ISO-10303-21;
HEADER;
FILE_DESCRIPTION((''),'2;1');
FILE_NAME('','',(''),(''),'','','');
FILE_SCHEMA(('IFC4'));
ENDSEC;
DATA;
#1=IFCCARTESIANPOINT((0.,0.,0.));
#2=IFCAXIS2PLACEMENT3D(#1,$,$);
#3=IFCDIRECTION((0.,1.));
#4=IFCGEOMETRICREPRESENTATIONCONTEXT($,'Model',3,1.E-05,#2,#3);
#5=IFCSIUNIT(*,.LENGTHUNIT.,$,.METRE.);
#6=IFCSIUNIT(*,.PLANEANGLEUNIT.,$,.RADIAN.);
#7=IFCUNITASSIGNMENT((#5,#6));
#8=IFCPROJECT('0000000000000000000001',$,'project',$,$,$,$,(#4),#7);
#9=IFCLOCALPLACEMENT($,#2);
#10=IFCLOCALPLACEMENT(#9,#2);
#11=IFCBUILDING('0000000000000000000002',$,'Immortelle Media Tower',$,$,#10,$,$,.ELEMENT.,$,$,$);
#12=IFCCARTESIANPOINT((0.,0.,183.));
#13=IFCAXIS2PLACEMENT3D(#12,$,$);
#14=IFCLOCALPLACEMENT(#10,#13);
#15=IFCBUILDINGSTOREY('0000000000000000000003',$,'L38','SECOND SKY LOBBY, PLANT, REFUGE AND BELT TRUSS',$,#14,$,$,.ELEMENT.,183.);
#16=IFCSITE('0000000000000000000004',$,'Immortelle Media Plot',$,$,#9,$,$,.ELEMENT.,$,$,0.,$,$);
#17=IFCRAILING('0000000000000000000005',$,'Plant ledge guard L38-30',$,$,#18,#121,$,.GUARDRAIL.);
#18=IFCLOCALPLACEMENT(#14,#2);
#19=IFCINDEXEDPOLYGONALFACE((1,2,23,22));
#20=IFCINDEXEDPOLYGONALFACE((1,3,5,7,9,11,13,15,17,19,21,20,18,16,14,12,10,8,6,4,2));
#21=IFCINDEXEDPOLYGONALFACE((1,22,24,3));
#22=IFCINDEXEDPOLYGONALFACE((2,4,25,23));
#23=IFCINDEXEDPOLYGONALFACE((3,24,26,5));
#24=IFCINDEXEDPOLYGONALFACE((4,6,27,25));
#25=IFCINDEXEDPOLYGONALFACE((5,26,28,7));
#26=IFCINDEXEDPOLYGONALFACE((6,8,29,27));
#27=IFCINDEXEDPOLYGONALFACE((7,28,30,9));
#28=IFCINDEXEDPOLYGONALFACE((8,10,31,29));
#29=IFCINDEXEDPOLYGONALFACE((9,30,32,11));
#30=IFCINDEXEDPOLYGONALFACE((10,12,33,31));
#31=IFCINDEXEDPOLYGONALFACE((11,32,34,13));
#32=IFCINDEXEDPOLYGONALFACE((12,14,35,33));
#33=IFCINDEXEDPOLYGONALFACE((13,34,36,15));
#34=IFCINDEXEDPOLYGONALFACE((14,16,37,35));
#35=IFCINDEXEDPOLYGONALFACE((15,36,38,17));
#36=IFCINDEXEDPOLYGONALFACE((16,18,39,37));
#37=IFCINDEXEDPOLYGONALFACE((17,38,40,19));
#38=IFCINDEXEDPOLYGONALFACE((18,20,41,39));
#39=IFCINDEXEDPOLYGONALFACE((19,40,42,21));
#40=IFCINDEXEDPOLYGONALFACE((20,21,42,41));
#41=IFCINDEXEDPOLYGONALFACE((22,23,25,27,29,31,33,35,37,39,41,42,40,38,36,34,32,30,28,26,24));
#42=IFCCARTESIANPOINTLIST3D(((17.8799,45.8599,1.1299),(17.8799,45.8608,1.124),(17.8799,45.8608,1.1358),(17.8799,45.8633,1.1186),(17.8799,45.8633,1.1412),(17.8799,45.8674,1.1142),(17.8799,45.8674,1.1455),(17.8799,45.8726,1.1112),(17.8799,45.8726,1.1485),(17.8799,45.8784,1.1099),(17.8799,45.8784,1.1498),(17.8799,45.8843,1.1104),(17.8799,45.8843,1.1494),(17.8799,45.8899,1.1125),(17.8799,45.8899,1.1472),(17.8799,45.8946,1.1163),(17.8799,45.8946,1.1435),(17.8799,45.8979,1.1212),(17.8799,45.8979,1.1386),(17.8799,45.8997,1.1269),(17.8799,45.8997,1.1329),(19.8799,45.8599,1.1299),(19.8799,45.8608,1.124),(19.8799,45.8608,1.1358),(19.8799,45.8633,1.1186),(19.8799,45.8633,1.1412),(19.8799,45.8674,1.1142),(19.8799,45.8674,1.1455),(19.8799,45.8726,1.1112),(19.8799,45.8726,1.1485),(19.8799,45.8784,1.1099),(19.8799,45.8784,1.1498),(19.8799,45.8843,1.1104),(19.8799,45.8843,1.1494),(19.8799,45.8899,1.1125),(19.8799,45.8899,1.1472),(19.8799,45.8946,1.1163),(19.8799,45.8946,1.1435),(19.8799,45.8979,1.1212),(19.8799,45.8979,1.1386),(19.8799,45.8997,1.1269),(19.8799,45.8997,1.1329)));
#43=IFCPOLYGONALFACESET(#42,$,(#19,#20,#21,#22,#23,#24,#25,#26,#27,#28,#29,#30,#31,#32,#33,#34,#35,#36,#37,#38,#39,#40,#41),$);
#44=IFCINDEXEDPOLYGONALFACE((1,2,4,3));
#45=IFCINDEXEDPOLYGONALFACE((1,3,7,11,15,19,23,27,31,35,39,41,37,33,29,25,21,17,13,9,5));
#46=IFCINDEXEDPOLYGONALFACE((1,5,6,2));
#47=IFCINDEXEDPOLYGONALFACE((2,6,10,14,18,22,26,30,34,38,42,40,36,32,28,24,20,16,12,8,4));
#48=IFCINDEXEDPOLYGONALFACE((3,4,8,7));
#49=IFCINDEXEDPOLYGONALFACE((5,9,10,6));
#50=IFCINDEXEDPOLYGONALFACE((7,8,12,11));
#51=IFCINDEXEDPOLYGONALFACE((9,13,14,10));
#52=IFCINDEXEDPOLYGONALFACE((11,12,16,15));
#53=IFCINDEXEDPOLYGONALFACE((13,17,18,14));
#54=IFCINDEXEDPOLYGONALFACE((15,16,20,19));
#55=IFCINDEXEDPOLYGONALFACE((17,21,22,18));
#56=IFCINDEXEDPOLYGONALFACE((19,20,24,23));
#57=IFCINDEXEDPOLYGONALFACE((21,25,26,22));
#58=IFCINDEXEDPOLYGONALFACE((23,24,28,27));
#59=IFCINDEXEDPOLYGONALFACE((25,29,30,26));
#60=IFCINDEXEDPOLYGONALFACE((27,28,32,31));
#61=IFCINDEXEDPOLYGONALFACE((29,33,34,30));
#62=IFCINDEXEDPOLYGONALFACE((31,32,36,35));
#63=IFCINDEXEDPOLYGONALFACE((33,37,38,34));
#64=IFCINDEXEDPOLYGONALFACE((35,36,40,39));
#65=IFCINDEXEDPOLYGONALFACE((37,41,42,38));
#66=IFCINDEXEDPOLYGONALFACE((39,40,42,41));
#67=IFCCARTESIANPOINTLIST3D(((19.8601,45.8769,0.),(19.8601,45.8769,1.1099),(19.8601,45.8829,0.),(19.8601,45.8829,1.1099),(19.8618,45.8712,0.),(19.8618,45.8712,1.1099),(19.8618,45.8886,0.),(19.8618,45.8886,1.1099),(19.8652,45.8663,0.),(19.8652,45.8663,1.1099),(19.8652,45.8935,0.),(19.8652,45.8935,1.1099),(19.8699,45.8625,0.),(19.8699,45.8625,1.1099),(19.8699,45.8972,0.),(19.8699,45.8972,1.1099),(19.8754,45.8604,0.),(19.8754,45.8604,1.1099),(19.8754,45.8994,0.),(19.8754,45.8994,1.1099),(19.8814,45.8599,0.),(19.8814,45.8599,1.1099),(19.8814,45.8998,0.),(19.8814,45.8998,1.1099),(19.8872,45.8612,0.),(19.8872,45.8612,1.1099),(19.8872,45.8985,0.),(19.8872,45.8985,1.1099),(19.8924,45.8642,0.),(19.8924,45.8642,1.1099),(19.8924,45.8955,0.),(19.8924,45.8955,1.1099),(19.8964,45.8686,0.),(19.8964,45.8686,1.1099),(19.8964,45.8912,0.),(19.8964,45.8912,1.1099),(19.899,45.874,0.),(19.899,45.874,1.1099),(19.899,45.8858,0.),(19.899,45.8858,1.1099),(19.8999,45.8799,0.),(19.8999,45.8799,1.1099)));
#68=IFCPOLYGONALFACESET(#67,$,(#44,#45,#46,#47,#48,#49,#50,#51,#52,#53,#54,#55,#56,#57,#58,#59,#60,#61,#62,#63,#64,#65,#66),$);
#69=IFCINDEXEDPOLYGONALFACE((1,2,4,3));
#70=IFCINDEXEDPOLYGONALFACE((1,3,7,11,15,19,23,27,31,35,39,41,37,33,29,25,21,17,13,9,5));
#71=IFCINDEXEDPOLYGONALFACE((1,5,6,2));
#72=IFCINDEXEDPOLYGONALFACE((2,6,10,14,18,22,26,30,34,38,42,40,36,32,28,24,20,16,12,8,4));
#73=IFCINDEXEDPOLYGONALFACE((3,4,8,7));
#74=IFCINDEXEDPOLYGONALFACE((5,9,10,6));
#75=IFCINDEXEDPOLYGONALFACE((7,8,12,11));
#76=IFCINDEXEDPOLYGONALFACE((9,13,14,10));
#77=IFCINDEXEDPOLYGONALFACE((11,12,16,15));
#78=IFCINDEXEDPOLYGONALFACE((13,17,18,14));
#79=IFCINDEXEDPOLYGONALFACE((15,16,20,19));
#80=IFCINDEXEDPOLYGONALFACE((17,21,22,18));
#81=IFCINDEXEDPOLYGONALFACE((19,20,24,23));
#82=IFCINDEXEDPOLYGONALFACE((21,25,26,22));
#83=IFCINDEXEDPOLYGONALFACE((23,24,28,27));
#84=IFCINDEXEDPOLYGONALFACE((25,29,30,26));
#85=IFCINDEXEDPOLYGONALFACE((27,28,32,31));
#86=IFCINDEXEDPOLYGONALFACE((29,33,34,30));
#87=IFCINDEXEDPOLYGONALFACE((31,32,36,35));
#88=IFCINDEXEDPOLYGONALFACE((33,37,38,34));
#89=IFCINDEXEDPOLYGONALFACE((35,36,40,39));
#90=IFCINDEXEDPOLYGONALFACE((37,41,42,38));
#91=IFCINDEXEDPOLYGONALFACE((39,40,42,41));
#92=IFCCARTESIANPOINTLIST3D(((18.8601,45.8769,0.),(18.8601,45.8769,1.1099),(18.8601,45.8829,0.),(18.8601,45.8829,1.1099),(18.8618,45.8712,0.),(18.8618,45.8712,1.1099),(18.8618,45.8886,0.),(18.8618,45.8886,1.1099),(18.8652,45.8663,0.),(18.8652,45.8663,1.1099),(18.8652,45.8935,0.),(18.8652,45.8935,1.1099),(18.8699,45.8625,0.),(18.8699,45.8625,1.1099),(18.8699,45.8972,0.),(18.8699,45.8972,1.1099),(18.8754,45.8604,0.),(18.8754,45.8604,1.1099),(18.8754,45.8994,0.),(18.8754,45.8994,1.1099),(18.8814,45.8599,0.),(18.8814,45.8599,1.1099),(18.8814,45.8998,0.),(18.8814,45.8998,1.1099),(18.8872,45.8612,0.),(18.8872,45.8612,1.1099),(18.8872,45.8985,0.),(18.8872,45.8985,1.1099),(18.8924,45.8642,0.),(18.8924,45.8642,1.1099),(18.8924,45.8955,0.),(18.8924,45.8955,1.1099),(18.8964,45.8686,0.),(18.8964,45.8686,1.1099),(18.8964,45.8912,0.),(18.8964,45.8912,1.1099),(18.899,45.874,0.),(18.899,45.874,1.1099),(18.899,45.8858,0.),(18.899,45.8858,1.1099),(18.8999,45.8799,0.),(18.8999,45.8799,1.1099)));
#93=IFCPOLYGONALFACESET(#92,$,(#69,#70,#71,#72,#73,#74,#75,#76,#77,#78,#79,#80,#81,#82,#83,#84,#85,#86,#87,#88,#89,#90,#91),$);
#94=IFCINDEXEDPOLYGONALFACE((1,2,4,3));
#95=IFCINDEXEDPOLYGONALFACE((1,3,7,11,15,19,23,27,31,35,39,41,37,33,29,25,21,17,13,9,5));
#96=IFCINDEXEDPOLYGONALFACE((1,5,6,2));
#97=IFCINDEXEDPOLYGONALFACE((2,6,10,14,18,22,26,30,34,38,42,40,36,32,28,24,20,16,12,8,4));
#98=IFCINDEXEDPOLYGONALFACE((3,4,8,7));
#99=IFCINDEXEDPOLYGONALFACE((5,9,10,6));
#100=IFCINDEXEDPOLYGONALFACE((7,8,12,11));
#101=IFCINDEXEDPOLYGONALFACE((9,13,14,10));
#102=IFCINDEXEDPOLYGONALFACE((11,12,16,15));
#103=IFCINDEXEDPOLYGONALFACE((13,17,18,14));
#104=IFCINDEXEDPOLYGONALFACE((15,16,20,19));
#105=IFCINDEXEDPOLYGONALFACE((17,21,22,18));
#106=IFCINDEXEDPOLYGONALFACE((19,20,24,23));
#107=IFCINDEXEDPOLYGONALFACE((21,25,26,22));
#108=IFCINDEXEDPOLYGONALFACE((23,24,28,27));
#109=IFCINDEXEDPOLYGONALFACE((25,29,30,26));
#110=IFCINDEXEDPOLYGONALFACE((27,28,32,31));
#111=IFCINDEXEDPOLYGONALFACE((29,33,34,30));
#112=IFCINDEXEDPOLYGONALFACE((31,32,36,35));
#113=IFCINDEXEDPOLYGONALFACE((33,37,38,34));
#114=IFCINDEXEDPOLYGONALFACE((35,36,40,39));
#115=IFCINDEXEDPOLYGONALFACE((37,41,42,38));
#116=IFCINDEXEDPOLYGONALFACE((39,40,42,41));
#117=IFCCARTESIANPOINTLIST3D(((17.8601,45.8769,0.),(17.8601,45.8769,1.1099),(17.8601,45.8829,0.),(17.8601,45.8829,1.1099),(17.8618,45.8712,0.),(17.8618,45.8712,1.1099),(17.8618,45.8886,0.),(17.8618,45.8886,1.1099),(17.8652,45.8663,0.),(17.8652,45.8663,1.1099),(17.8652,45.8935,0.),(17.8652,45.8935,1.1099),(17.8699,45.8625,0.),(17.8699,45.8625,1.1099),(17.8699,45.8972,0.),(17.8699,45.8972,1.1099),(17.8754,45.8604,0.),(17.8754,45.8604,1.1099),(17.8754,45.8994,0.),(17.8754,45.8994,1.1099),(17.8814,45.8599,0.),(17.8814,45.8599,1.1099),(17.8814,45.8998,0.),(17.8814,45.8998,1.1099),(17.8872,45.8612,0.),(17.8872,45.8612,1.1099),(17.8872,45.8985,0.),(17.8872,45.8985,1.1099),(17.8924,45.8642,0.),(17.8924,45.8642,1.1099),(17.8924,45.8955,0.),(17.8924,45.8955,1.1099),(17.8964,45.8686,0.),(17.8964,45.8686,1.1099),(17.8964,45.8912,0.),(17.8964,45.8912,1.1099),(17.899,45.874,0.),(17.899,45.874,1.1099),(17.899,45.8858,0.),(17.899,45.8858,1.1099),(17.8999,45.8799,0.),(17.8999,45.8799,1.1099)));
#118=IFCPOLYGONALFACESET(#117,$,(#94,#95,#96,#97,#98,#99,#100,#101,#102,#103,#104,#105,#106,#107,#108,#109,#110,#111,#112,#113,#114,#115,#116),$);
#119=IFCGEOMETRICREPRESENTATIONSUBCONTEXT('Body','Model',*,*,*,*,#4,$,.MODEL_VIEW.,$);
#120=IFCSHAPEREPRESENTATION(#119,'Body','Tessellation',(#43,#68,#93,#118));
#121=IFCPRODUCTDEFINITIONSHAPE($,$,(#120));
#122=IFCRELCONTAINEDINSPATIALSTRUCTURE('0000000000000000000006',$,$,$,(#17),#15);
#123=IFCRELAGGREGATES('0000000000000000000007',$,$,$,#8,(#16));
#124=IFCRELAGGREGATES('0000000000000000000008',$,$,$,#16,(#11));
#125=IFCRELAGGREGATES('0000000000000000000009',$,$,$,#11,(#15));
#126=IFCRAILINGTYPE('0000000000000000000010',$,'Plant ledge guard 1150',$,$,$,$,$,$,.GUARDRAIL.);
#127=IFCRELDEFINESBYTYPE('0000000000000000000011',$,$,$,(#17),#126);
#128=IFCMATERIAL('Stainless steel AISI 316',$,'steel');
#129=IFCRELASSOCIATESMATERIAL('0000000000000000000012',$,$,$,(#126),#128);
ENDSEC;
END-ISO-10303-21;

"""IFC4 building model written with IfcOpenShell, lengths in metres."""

from ifc_helpers import new_model, si_unit, direction, frame, origin, origin_2d, place, context, subcontext, project, spatial, circle, extrude, material, type_object, element, save


model = new_model("IFC4")

# Units and contexts
model_context = context("Model", 3, precision=1e-05, world=origin(), true_north=direction((0.0, 1.0)))
body_context = subcontext(model_context, "Body", "Model", "MODEL_VIEW")
ifc_project = project(units=[si_unit("LENGTHUNIT", "METRE"), si_unit("PLANEANGLEUNIT", "RADIAN")], contexts=[model_context])

# Site, building, storey
site_placement = place(None, origin())
site = spatial("IfcSite", under=ifc_project, at=site_placement, Name="Immortelle Media Plot", CompositionType="ELEMENT", RefElevation=0.0)
building_placement = place(site_placement, origin())
building = spatial("IfcBuilding", under=site, at=building_placement, Name="Immortelle Media Tower", CompositionType="ELEMENT")
storey_placement = place(building_placement, frame((0.0, 0.0, 183.0)))
storey = spatial("IfcBuildingStorey", under=building, at=storey_placement, Name="L38", Description="SECOND SKY LOBBY, PLANT, REFUGE AND BELT TRUSS", CompositionType="ELEMENT", Elevation=183.0)

# Railing
ifc_material_1 = material(Name="Stainless steel AISI 316", Category="steel")
railing_type = type_object("IfcRailingType", Name="Plant ledge guard 1150", PredefinedType="GUARDRAIL", material=ifc_material_1)
railing_1_placement = place(storey_placement, frame((19.8799, 45.8799, 0.0)))
element("IfcRailing", 1, at=railing_1_placement, inside=storey, type_object=railing_type, Name="Plant ledge guard L38-30", PredefinedType="GUARDRAIL", context=body_context, shape_type="SweptSolid", body=[
    extrude(circle(Radius=0.02, at=origin_2d()), frame((0.0, 0.0, 1.1299), z_axis=(-1.0, 0.0, 0.0), x_axis=(0.0, -1.0, 0.0)), (0.0, 0.0, 1.0), 2.0),
    extrude(circle(Radius=0.02, at=origin_2d()), origin(), (0.0, 0.0, 1.0), 1.1099),
    extrude(circle(Radius=0.02, at=origin_2d()), frame((-1.0, 0.0, 0.0)), (0.0, 0.0, 1.0), 1.1099),
    extrude(circle(Radius=0.02, at=origin_2d()), frame((-2.0, 0.0, 0.0)), (0.0, 0.0, 1.0), 1.1099),
])

save(model, "model.ifc")
